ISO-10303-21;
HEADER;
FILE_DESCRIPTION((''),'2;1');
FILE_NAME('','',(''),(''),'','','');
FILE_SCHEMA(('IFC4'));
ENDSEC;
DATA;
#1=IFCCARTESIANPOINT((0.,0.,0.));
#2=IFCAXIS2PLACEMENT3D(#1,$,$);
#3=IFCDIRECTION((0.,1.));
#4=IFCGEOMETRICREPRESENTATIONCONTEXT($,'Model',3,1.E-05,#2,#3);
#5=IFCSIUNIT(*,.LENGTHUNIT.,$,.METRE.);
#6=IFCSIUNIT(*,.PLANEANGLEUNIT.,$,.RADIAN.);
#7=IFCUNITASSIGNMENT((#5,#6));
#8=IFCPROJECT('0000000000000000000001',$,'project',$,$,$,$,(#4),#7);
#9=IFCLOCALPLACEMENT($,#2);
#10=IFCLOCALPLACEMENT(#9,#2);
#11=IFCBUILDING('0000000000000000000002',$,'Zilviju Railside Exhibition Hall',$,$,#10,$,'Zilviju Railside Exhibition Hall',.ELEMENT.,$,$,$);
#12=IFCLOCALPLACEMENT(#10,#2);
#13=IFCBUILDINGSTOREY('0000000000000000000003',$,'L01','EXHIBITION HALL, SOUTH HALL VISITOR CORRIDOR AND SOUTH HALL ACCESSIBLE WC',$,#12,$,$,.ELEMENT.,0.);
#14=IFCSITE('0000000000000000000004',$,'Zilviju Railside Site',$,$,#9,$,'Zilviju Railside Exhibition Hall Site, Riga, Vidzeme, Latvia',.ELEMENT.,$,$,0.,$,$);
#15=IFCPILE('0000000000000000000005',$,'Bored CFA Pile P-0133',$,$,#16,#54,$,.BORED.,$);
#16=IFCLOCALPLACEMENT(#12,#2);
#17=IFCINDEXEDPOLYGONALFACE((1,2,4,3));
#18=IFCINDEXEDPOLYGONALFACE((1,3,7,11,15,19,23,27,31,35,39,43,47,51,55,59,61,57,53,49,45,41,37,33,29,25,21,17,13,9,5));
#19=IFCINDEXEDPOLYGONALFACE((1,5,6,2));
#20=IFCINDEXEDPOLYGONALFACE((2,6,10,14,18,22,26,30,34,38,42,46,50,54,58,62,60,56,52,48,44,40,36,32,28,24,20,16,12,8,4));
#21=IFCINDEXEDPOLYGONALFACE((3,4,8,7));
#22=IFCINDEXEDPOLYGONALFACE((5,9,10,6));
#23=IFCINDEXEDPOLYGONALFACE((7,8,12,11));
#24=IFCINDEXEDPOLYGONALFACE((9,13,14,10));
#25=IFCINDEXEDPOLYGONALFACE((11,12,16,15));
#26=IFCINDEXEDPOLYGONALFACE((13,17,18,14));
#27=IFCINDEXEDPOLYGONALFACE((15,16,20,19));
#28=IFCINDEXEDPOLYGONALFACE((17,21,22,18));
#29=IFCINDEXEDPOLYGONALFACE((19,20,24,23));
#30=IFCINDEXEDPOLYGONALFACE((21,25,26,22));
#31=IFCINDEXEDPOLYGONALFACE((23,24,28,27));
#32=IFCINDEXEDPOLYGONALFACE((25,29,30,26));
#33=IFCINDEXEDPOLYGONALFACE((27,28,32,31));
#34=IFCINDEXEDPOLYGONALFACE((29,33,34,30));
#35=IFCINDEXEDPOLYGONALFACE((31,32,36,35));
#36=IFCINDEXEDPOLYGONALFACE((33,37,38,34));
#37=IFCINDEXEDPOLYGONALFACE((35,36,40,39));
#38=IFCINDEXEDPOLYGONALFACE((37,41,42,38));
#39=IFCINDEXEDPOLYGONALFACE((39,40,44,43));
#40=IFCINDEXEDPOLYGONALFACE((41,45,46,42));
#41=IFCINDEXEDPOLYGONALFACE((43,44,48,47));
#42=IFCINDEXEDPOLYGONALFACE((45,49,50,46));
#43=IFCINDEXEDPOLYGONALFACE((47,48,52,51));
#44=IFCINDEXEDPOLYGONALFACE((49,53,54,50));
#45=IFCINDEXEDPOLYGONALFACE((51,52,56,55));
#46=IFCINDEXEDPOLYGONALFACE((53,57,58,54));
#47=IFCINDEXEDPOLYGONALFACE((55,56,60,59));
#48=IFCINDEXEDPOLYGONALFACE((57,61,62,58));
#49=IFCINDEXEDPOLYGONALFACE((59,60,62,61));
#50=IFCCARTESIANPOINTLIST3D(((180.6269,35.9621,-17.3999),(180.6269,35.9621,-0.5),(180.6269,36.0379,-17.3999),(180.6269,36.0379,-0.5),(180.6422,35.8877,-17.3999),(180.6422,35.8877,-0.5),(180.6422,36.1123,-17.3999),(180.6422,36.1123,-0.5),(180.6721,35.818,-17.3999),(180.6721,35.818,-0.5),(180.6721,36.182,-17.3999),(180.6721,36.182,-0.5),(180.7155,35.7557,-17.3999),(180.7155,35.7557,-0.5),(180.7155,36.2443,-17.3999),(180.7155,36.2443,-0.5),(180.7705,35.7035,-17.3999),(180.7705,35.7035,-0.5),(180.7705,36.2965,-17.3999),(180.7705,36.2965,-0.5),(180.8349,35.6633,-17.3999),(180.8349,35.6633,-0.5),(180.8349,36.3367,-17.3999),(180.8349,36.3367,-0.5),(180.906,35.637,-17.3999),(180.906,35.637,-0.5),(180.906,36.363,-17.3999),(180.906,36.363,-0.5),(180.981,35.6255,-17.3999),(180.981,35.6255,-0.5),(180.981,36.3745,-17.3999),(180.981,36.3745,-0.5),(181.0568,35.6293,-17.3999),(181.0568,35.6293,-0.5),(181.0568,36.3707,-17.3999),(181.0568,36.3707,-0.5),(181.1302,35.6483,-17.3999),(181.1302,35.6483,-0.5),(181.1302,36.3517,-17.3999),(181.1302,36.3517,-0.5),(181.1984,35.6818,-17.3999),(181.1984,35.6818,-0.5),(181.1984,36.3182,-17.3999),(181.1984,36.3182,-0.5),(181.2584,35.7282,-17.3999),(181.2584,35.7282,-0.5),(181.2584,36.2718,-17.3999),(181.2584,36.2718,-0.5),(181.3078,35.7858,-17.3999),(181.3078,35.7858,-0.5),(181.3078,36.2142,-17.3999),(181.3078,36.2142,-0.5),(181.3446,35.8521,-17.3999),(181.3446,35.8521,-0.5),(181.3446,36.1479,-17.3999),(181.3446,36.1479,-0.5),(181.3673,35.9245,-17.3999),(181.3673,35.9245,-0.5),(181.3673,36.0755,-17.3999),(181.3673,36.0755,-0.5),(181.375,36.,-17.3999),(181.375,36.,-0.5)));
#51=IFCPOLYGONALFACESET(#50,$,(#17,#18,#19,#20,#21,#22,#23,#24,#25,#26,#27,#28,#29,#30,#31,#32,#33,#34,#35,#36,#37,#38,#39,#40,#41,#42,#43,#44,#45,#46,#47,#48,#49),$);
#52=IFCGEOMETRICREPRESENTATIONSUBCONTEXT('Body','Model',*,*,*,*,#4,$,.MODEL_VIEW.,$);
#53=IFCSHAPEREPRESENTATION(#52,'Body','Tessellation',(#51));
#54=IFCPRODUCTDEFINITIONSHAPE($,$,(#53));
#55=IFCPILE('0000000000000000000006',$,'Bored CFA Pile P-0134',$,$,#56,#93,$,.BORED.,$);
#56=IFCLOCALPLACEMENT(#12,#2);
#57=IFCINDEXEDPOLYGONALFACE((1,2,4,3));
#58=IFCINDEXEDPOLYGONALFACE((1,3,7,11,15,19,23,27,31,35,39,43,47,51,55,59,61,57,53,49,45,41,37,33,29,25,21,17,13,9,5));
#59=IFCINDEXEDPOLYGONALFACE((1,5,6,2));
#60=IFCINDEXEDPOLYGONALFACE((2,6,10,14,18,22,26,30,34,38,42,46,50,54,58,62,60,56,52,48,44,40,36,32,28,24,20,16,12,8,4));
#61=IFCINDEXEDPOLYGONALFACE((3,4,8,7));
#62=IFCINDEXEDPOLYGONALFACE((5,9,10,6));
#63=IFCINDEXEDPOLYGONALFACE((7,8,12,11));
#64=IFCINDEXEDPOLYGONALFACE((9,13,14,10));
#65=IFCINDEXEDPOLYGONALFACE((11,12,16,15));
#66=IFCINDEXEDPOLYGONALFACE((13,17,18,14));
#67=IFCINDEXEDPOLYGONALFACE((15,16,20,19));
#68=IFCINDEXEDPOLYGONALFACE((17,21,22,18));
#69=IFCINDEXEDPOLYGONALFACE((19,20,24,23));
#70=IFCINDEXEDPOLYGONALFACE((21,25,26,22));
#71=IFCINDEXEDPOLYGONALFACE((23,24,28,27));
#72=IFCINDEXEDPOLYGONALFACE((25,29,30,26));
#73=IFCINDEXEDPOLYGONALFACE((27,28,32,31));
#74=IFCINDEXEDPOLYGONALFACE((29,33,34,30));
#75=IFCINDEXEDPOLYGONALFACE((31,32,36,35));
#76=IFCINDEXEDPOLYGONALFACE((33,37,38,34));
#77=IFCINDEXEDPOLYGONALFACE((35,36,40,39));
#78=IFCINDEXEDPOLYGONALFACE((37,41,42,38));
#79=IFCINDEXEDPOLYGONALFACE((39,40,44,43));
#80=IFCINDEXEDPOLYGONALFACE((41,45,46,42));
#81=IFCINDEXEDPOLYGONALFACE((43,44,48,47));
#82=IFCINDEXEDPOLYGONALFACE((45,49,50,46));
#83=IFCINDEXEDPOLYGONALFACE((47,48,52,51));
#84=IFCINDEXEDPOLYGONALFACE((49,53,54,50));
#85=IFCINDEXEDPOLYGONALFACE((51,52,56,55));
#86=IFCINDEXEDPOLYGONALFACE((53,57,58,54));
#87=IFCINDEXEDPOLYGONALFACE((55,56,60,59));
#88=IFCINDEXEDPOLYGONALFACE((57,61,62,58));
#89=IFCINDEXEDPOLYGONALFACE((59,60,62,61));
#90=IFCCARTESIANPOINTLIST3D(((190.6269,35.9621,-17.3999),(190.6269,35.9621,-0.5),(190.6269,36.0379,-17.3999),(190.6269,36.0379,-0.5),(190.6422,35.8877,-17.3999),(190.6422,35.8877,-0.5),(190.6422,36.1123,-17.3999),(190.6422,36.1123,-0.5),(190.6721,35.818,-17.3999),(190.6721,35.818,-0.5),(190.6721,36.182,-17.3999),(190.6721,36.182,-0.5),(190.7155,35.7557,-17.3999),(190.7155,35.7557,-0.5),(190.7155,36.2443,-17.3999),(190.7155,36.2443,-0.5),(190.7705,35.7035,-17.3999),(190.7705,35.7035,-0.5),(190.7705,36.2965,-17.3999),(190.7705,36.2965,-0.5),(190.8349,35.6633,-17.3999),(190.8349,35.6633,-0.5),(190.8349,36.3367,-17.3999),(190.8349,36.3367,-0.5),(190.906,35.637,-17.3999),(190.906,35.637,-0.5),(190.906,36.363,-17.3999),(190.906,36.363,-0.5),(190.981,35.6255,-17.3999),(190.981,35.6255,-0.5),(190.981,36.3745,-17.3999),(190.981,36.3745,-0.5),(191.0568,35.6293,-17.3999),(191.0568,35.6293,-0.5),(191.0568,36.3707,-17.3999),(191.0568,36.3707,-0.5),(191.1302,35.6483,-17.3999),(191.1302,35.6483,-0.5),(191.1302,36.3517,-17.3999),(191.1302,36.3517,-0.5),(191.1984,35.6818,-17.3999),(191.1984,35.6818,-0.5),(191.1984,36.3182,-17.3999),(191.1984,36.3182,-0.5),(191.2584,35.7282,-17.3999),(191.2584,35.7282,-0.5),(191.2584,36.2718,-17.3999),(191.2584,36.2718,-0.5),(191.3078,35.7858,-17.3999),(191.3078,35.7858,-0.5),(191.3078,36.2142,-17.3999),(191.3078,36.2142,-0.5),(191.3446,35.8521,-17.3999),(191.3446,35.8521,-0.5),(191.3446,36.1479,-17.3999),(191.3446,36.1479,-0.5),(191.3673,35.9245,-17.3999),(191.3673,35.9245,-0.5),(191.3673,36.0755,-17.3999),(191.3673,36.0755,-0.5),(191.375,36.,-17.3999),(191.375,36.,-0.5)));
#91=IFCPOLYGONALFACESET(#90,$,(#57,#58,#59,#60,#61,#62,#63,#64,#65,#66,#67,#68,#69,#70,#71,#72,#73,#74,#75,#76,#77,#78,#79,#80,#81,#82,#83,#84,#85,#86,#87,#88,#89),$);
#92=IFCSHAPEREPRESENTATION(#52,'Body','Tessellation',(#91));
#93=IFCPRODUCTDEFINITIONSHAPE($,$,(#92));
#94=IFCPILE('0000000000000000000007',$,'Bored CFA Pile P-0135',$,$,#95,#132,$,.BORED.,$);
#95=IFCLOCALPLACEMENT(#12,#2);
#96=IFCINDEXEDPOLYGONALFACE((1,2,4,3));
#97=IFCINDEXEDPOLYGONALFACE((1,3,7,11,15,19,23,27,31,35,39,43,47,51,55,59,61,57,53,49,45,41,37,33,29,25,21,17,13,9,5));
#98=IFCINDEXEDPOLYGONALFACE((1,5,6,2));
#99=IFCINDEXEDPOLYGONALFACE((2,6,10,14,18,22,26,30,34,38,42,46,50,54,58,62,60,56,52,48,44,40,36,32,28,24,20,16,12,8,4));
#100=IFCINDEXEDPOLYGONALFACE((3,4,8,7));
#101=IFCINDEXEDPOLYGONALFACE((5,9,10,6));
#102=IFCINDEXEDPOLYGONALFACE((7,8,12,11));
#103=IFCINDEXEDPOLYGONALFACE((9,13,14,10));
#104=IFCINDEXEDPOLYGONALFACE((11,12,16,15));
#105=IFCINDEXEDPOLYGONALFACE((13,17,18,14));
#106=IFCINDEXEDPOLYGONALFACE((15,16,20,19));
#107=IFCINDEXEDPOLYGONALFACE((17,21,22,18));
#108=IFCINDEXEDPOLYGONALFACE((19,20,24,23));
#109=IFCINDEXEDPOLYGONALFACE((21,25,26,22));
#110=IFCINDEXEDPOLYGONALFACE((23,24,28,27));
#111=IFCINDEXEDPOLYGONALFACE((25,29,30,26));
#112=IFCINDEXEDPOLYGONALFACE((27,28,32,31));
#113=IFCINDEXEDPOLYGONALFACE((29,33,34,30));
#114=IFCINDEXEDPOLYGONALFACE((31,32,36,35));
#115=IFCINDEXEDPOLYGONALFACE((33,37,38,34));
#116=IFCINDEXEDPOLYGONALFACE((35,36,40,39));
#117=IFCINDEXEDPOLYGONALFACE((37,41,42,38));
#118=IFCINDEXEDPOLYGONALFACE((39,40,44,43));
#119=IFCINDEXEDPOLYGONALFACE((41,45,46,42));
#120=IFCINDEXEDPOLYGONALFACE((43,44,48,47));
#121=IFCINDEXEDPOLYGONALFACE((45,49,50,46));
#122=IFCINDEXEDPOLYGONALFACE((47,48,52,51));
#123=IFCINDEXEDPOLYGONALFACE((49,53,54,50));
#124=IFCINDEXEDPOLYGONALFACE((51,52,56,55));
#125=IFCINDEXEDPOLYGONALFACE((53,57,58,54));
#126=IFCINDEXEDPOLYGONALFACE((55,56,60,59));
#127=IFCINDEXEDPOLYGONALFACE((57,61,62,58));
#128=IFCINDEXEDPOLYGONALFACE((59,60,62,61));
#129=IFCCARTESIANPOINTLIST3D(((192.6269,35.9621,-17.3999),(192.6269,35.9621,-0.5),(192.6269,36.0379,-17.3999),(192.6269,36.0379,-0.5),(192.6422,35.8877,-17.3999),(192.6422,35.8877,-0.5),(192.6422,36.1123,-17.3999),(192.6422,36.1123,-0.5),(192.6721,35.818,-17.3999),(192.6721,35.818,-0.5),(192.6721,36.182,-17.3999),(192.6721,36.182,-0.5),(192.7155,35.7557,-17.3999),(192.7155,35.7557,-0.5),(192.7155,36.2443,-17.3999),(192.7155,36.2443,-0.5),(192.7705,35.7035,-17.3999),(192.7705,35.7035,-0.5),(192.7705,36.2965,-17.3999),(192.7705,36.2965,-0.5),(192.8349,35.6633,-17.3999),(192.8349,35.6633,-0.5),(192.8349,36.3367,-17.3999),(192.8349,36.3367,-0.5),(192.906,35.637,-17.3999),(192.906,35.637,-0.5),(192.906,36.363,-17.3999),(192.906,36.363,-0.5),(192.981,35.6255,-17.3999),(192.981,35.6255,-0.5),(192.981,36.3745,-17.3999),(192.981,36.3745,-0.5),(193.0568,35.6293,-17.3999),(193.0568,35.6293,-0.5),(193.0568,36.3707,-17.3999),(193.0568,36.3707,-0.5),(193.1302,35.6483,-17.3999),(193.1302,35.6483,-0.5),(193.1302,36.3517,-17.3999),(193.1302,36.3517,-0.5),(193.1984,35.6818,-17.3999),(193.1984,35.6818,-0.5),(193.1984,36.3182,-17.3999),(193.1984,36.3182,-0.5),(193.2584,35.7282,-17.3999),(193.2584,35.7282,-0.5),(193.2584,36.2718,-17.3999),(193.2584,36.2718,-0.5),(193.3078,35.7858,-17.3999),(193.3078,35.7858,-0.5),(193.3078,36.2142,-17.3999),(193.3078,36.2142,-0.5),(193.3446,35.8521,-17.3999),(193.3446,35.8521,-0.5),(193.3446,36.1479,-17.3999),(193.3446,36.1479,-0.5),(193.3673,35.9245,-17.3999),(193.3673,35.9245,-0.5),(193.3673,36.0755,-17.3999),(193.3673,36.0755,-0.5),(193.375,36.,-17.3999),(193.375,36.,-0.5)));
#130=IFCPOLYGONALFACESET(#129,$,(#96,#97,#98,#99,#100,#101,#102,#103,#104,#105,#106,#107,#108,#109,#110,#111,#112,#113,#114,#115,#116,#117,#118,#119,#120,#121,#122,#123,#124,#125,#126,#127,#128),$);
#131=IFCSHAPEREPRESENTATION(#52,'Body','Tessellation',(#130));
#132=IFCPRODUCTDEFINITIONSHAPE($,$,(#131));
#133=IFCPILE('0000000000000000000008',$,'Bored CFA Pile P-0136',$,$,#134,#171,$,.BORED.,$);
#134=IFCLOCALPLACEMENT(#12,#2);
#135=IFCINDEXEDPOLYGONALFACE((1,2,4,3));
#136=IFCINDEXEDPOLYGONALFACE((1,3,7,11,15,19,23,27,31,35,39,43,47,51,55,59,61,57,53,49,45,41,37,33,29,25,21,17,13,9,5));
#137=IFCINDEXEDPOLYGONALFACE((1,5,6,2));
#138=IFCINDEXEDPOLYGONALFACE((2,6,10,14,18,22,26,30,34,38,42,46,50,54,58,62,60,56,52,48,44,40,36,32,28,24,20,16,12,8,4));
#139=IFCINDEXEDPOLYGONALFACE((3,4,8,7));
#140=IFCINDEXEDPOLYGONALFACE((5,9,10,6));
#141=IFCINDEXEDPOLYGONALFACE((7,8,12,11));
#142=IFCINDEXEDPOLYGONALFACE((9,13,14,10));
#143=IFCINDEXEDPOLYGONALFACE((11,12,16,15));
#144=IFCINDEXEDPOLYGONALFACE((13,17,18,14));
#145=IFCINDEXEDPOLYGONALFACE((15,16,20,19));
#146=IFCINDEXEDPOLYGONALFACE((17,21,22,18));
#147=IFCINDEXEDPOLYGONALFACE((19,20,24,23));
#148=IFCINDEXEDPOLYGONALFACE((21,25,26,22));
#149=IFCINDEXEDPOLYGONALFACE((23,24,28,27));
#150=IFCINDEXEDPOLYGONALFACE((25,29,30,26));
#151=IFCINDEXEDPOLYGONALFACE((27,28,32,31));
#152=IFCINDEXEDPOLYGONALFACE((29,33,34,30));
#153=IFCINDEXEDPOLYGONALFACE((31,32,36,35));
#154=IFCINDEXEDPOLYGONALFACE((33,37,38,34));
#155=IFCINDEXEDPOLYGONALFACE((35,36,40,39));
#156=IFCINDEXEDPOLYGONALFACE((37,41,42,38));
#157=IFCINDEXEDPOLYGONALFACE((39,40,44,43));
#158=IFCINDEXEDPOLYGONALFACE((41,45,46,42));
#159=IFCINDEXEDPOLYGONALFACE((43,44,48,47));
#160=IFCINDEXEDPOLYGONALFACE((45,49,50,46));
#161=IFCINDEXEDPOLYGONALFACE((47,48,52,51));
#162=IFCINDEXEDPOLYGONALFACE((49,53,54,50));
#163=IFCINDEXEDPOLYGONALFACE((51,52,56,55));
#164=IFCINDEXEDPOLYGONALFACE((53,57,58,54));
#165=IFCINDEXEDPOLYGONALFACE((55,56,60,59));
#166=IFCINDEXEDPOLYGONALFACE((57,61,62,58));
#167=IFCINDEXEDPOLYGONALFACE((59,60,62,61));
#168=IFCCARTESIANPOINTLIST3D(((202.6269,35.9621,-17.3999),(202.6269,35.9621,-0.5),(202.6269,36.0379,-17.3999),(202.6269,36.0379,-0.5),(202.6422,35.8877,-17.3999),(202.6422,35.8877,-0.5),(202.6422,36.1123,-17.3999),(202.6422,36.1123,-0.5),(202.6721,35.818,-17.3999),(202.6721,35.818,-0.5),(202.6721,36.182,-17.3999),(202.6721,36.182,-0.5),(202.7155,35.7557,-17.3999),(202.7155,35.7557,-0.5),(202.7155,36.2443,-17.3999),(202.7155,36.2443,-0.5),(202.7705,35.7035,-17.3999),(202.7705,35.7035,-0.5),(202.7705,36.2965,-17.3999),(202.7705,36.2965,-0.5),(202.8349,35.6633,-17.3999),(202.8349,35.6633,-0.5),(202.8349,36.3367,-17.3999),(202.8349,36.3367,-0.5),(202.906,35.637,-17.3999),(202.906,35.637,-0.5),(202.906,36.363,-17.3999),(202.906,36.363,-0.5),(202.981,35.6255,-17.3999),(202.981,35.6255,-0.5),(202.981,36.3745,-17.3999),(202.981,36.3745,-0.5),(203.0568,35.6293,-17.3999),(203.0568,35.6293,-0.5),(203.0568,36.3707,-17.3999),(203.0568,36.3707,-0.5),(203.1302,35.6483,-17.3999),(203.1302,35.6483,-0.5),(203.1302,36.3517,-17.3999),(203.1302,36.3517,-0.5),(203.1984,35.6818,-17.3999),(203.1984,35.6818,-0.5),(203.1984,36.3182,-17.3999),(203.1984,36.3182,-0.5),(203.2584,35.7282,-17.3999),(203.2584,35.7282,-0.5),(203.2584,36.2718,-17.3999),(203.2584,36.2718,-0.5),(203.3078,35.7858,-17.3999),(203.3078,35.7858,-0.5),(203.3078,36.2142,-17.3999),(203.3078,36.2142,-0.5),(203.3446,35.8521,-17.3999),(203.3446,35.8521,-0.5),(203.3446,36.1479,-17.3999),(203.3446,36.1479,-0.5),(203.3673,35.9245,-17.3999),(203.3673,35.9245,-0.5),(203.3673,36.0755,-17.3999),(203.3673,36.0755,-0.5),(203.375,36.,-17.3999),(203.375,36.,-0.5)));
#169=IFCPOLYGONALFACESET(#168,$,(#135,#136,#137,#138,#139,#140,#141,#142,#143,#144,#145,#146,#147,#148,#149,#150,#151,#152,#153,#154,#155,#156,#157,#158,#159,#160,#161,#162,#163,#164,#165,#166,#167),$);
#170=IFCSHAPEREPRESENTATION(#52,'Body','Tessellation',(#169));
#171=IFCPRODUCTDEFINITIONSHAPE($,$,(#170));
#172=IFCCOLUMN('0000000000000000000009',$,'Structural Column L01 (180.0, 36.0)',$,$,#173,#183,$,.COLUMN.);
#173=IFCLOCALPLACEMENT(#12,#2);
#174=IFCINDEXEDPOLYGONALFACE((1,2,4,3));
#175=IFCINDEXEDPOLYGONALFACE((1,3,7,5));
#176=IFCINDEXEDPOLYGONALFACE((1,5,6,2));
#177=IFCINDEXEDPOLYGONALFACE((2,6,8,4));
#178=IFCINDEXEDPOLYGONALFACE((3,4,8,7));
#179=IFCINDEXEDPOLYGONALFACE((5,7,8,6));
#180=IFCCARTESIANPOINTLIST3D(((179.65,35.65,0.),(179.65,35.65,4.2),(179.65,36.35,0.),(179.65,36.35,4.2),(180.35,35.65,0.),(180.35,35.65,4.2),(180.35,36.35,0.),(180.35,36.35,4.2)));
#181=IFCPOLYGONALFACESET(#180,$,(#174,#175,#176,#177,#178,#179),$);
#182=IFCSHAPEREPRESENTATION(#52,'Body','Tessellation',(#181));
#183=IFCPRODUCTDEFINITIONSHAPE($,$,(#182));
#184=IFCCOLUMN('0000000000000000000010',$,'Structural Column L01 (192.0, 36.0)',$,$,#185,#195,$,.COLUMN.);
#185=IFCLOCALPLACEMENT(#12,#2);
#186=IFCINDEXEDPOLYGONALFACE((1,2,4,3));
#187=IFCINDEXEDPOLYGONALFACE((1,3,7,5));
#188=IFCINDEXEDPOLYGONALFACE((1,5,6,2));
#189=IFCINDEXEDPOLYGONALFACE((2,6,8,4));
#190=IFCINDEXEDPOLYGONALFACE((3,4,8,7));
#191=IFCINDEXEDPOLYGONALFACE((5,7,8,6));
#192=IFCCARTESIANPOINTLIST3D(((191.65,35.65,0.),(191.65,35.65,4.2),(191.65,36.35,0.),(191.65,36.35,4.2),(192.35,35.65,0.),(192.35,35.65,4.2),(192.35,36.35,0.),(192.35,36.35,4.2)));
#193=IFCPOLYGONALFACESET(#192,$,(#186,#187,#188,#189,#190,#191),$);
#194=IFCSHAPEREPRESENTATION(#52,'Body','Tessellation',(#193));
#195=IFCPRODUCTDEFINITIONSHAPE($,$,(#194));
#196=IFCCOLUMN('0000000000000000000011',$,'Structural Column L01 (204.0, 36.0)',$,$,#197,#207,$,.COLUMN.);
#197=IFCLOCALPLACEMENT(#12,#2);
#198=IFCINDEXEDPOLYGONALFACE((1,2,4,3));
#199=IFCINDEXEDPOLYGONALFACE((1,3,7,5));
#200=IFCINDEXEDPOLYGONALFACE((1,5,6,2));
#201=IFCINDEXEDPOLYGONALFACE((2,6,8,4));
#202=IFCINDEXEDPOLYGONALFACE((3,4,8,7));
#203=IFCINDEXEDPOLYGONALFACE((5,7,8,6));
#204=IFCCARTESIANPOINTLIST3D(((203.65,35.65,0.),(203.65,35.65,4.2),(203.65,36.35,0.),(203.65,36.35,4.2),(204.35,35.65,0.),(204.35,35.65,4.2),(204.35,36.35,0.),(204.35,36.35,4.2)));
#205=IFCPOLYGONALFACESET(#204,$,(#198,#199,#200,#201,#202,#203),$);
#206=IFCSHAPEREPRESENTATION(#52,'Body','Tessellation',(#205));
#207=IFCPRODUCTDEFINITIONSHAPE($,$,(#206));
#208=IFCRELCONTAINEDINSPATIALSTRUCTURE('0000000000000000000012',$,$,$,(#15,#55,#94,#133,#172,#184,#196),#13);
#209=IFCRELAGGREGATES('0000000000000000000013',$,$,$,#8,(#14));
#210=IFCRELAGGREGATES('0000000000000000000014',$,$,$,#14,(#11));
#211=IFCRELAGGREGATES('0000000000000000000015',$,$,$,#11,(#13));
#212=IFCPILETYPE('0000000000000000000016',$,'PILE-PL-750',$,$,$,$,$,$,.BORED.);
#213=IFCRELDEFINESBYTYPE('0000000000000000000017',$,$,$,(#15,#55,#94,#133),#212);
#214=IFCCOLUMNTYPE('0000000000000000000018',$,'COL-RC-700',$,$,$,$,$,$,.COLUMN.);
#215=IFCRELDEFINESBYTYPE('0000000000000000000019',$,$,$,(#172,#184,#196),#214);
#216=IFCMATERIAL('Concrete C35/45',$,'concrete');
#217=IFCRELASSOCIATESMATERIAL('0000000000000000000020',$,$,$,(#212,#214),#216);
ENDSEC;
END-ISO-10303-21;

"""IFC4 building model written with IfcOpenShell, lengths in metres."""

from ifc_helpers import new_model, si_unit, direction, frame, origin, origin_2d, place, context, subcontext, project, spatial, rectangle, circle, extrude, material, material_profile, profile_set, type_object, element, save


model = new_model("IFC4")

# Units and contexts
model_context = context("Model", 3, precision=1e-05, world=origin(), true_north=direction((0.0, 1.0)))
body_context = subcontext(model_context, "Body", "Model", "MODEL_VIEW")
ifc_project = project(units=[si_unit("LENGTHUNIT", "METRE"), si_unit("PLANEANGLEUNIT", "RADIAN")], contexts=[model_context])

# Site, building, storey
site_placement = place(None, origin())
site = spatial("IfcSite", under=ifc_project, at=site_placement, Name="Zilviju Railside Site", LongName="Zilviju Railside Exhibition Hall Site, Riga, Vidzeme, Latvia", CompositionType="ELEMENT", RefElevation=0.0)
building_placement = place(site_placement, origin())
building = spatial("IfcBuilding", under=site, at=building_placement, Name="Zilviju Railside Exhibition Hall", LongName="Zilviju Railside Exhibition Hall", CompositionType="ELEMENT")
storey_placement = place(building_placement, origin())
storey = spatial("IfcBuildingStorey", under=building, at=storey_placement, Name="L01", Description="EXHIBITION HALL, SOUTH HALL VISITOR CORRIDOR AND SOUTH HALL ACCESSIBLE WC", CompositionType="ELEMENT", Elevation=0.0)

# Shared definitions
ifc_material = material(Name="Concrete C35/45", Category="concrete")

# Piles
ifc_material_profile_1 = material_profile(ifc_material, circle(Radius=0.375, at=origin_2d()), Name="CFA PILE D750")
ifc_profile_set_1 = profile_set([ifc_material_profile_1], Name="Concrete C35/45")
pile_type = type_object("IfcPileType", Name="PILE-PL-750", PredefinedType="BORED", material=ifc_profile_set_1)
for number, where, z_axis, x_axis, name in (
    (1, (181.0, 36.0, -0.5), (0.0, 0.0, -1.0), (1.0, 0.0, 0.0), "Bored CFA Pile P-0133"),
    (2, (191.0, 36.0, -0.5), (0.0, 0.0, -1.0), (1.0, 0.0, 0.0), "Bored CFA Pile P-0134"),
    (3, (193.0, 36.0, -0.5), (0.0, 0.0, -1.0), (1.0, 0.0, 0.0), "Bored CFA Pile P-0135"),
    (4, (203.0, 36.0, -0.5), (0.0, 0.0, -1.0), (1.0, 0.0, 0.0), "Bored CFA Pile P-0136"),
):
    element("IfcPile", number, at=place(storey_placement, frame(where, z_axis=z_axis, x_axis=x_axis)), inside=storey, type_object=pile_type, Name=name, PredefinedType="BORED", context=body_context, shape_type="SweptSolid", body=[
        extrude(circle(Radius=0.375, at=origin_2d()), origin(), (0.0, 0.0, 1.0), 16.8999),
    ])

# Columns
ifc_material_profile_2 = material_profile(ifc_material, rectangle(XDim=0.7, YDim=0.7, at=origin_2d()), Name="RC COL 700x700")
ifc_profile_set_2 = profile_set([ifc_material_profile_2], Name="Concrete C35/45")
column_type = type_object("IfcColumnType", Name="COL-RC-700", PredefinedType="COLUMN", material=ifc_profile_set_2)
for number, where, z_axis, x_axis, name in (
    (5, (180.0, 36.0, 0.0), (0.0, 0.0, 1.0), (1.0, 0.0, 0.0), "Structural Column L01 (180.0, 36.0)"),
    (6, (192.0, 36.0, 0.0), (0.0, 0.0, 1.0), (1.0, 0.0, 0.0), "Structural Column L01 (192.0, 36.0)"),
    (7, (204.0, 36.0, 0.0), (0.0, 0.0, 1.0), (1.0, 0.0, 0.0), "Structural Column L01 (204.0, 36.0)"),
):
    element("IfcColumn", number, at=place(storey_placement, frame(where, z_axis=z_axis, x_axis=x_axis)), inside=storey, type_object=column_type, Name=name, PredefinedType="COLUMN", context=body_context, shape_type="SweptSolid", body=[
        extrude(rectangle(XDim=0.7, YDim=0.7, at=origin_2d()), origin(), (0.0, 0.0, 1.0), 4.2),
    ])

save(model, "model.ifc")
